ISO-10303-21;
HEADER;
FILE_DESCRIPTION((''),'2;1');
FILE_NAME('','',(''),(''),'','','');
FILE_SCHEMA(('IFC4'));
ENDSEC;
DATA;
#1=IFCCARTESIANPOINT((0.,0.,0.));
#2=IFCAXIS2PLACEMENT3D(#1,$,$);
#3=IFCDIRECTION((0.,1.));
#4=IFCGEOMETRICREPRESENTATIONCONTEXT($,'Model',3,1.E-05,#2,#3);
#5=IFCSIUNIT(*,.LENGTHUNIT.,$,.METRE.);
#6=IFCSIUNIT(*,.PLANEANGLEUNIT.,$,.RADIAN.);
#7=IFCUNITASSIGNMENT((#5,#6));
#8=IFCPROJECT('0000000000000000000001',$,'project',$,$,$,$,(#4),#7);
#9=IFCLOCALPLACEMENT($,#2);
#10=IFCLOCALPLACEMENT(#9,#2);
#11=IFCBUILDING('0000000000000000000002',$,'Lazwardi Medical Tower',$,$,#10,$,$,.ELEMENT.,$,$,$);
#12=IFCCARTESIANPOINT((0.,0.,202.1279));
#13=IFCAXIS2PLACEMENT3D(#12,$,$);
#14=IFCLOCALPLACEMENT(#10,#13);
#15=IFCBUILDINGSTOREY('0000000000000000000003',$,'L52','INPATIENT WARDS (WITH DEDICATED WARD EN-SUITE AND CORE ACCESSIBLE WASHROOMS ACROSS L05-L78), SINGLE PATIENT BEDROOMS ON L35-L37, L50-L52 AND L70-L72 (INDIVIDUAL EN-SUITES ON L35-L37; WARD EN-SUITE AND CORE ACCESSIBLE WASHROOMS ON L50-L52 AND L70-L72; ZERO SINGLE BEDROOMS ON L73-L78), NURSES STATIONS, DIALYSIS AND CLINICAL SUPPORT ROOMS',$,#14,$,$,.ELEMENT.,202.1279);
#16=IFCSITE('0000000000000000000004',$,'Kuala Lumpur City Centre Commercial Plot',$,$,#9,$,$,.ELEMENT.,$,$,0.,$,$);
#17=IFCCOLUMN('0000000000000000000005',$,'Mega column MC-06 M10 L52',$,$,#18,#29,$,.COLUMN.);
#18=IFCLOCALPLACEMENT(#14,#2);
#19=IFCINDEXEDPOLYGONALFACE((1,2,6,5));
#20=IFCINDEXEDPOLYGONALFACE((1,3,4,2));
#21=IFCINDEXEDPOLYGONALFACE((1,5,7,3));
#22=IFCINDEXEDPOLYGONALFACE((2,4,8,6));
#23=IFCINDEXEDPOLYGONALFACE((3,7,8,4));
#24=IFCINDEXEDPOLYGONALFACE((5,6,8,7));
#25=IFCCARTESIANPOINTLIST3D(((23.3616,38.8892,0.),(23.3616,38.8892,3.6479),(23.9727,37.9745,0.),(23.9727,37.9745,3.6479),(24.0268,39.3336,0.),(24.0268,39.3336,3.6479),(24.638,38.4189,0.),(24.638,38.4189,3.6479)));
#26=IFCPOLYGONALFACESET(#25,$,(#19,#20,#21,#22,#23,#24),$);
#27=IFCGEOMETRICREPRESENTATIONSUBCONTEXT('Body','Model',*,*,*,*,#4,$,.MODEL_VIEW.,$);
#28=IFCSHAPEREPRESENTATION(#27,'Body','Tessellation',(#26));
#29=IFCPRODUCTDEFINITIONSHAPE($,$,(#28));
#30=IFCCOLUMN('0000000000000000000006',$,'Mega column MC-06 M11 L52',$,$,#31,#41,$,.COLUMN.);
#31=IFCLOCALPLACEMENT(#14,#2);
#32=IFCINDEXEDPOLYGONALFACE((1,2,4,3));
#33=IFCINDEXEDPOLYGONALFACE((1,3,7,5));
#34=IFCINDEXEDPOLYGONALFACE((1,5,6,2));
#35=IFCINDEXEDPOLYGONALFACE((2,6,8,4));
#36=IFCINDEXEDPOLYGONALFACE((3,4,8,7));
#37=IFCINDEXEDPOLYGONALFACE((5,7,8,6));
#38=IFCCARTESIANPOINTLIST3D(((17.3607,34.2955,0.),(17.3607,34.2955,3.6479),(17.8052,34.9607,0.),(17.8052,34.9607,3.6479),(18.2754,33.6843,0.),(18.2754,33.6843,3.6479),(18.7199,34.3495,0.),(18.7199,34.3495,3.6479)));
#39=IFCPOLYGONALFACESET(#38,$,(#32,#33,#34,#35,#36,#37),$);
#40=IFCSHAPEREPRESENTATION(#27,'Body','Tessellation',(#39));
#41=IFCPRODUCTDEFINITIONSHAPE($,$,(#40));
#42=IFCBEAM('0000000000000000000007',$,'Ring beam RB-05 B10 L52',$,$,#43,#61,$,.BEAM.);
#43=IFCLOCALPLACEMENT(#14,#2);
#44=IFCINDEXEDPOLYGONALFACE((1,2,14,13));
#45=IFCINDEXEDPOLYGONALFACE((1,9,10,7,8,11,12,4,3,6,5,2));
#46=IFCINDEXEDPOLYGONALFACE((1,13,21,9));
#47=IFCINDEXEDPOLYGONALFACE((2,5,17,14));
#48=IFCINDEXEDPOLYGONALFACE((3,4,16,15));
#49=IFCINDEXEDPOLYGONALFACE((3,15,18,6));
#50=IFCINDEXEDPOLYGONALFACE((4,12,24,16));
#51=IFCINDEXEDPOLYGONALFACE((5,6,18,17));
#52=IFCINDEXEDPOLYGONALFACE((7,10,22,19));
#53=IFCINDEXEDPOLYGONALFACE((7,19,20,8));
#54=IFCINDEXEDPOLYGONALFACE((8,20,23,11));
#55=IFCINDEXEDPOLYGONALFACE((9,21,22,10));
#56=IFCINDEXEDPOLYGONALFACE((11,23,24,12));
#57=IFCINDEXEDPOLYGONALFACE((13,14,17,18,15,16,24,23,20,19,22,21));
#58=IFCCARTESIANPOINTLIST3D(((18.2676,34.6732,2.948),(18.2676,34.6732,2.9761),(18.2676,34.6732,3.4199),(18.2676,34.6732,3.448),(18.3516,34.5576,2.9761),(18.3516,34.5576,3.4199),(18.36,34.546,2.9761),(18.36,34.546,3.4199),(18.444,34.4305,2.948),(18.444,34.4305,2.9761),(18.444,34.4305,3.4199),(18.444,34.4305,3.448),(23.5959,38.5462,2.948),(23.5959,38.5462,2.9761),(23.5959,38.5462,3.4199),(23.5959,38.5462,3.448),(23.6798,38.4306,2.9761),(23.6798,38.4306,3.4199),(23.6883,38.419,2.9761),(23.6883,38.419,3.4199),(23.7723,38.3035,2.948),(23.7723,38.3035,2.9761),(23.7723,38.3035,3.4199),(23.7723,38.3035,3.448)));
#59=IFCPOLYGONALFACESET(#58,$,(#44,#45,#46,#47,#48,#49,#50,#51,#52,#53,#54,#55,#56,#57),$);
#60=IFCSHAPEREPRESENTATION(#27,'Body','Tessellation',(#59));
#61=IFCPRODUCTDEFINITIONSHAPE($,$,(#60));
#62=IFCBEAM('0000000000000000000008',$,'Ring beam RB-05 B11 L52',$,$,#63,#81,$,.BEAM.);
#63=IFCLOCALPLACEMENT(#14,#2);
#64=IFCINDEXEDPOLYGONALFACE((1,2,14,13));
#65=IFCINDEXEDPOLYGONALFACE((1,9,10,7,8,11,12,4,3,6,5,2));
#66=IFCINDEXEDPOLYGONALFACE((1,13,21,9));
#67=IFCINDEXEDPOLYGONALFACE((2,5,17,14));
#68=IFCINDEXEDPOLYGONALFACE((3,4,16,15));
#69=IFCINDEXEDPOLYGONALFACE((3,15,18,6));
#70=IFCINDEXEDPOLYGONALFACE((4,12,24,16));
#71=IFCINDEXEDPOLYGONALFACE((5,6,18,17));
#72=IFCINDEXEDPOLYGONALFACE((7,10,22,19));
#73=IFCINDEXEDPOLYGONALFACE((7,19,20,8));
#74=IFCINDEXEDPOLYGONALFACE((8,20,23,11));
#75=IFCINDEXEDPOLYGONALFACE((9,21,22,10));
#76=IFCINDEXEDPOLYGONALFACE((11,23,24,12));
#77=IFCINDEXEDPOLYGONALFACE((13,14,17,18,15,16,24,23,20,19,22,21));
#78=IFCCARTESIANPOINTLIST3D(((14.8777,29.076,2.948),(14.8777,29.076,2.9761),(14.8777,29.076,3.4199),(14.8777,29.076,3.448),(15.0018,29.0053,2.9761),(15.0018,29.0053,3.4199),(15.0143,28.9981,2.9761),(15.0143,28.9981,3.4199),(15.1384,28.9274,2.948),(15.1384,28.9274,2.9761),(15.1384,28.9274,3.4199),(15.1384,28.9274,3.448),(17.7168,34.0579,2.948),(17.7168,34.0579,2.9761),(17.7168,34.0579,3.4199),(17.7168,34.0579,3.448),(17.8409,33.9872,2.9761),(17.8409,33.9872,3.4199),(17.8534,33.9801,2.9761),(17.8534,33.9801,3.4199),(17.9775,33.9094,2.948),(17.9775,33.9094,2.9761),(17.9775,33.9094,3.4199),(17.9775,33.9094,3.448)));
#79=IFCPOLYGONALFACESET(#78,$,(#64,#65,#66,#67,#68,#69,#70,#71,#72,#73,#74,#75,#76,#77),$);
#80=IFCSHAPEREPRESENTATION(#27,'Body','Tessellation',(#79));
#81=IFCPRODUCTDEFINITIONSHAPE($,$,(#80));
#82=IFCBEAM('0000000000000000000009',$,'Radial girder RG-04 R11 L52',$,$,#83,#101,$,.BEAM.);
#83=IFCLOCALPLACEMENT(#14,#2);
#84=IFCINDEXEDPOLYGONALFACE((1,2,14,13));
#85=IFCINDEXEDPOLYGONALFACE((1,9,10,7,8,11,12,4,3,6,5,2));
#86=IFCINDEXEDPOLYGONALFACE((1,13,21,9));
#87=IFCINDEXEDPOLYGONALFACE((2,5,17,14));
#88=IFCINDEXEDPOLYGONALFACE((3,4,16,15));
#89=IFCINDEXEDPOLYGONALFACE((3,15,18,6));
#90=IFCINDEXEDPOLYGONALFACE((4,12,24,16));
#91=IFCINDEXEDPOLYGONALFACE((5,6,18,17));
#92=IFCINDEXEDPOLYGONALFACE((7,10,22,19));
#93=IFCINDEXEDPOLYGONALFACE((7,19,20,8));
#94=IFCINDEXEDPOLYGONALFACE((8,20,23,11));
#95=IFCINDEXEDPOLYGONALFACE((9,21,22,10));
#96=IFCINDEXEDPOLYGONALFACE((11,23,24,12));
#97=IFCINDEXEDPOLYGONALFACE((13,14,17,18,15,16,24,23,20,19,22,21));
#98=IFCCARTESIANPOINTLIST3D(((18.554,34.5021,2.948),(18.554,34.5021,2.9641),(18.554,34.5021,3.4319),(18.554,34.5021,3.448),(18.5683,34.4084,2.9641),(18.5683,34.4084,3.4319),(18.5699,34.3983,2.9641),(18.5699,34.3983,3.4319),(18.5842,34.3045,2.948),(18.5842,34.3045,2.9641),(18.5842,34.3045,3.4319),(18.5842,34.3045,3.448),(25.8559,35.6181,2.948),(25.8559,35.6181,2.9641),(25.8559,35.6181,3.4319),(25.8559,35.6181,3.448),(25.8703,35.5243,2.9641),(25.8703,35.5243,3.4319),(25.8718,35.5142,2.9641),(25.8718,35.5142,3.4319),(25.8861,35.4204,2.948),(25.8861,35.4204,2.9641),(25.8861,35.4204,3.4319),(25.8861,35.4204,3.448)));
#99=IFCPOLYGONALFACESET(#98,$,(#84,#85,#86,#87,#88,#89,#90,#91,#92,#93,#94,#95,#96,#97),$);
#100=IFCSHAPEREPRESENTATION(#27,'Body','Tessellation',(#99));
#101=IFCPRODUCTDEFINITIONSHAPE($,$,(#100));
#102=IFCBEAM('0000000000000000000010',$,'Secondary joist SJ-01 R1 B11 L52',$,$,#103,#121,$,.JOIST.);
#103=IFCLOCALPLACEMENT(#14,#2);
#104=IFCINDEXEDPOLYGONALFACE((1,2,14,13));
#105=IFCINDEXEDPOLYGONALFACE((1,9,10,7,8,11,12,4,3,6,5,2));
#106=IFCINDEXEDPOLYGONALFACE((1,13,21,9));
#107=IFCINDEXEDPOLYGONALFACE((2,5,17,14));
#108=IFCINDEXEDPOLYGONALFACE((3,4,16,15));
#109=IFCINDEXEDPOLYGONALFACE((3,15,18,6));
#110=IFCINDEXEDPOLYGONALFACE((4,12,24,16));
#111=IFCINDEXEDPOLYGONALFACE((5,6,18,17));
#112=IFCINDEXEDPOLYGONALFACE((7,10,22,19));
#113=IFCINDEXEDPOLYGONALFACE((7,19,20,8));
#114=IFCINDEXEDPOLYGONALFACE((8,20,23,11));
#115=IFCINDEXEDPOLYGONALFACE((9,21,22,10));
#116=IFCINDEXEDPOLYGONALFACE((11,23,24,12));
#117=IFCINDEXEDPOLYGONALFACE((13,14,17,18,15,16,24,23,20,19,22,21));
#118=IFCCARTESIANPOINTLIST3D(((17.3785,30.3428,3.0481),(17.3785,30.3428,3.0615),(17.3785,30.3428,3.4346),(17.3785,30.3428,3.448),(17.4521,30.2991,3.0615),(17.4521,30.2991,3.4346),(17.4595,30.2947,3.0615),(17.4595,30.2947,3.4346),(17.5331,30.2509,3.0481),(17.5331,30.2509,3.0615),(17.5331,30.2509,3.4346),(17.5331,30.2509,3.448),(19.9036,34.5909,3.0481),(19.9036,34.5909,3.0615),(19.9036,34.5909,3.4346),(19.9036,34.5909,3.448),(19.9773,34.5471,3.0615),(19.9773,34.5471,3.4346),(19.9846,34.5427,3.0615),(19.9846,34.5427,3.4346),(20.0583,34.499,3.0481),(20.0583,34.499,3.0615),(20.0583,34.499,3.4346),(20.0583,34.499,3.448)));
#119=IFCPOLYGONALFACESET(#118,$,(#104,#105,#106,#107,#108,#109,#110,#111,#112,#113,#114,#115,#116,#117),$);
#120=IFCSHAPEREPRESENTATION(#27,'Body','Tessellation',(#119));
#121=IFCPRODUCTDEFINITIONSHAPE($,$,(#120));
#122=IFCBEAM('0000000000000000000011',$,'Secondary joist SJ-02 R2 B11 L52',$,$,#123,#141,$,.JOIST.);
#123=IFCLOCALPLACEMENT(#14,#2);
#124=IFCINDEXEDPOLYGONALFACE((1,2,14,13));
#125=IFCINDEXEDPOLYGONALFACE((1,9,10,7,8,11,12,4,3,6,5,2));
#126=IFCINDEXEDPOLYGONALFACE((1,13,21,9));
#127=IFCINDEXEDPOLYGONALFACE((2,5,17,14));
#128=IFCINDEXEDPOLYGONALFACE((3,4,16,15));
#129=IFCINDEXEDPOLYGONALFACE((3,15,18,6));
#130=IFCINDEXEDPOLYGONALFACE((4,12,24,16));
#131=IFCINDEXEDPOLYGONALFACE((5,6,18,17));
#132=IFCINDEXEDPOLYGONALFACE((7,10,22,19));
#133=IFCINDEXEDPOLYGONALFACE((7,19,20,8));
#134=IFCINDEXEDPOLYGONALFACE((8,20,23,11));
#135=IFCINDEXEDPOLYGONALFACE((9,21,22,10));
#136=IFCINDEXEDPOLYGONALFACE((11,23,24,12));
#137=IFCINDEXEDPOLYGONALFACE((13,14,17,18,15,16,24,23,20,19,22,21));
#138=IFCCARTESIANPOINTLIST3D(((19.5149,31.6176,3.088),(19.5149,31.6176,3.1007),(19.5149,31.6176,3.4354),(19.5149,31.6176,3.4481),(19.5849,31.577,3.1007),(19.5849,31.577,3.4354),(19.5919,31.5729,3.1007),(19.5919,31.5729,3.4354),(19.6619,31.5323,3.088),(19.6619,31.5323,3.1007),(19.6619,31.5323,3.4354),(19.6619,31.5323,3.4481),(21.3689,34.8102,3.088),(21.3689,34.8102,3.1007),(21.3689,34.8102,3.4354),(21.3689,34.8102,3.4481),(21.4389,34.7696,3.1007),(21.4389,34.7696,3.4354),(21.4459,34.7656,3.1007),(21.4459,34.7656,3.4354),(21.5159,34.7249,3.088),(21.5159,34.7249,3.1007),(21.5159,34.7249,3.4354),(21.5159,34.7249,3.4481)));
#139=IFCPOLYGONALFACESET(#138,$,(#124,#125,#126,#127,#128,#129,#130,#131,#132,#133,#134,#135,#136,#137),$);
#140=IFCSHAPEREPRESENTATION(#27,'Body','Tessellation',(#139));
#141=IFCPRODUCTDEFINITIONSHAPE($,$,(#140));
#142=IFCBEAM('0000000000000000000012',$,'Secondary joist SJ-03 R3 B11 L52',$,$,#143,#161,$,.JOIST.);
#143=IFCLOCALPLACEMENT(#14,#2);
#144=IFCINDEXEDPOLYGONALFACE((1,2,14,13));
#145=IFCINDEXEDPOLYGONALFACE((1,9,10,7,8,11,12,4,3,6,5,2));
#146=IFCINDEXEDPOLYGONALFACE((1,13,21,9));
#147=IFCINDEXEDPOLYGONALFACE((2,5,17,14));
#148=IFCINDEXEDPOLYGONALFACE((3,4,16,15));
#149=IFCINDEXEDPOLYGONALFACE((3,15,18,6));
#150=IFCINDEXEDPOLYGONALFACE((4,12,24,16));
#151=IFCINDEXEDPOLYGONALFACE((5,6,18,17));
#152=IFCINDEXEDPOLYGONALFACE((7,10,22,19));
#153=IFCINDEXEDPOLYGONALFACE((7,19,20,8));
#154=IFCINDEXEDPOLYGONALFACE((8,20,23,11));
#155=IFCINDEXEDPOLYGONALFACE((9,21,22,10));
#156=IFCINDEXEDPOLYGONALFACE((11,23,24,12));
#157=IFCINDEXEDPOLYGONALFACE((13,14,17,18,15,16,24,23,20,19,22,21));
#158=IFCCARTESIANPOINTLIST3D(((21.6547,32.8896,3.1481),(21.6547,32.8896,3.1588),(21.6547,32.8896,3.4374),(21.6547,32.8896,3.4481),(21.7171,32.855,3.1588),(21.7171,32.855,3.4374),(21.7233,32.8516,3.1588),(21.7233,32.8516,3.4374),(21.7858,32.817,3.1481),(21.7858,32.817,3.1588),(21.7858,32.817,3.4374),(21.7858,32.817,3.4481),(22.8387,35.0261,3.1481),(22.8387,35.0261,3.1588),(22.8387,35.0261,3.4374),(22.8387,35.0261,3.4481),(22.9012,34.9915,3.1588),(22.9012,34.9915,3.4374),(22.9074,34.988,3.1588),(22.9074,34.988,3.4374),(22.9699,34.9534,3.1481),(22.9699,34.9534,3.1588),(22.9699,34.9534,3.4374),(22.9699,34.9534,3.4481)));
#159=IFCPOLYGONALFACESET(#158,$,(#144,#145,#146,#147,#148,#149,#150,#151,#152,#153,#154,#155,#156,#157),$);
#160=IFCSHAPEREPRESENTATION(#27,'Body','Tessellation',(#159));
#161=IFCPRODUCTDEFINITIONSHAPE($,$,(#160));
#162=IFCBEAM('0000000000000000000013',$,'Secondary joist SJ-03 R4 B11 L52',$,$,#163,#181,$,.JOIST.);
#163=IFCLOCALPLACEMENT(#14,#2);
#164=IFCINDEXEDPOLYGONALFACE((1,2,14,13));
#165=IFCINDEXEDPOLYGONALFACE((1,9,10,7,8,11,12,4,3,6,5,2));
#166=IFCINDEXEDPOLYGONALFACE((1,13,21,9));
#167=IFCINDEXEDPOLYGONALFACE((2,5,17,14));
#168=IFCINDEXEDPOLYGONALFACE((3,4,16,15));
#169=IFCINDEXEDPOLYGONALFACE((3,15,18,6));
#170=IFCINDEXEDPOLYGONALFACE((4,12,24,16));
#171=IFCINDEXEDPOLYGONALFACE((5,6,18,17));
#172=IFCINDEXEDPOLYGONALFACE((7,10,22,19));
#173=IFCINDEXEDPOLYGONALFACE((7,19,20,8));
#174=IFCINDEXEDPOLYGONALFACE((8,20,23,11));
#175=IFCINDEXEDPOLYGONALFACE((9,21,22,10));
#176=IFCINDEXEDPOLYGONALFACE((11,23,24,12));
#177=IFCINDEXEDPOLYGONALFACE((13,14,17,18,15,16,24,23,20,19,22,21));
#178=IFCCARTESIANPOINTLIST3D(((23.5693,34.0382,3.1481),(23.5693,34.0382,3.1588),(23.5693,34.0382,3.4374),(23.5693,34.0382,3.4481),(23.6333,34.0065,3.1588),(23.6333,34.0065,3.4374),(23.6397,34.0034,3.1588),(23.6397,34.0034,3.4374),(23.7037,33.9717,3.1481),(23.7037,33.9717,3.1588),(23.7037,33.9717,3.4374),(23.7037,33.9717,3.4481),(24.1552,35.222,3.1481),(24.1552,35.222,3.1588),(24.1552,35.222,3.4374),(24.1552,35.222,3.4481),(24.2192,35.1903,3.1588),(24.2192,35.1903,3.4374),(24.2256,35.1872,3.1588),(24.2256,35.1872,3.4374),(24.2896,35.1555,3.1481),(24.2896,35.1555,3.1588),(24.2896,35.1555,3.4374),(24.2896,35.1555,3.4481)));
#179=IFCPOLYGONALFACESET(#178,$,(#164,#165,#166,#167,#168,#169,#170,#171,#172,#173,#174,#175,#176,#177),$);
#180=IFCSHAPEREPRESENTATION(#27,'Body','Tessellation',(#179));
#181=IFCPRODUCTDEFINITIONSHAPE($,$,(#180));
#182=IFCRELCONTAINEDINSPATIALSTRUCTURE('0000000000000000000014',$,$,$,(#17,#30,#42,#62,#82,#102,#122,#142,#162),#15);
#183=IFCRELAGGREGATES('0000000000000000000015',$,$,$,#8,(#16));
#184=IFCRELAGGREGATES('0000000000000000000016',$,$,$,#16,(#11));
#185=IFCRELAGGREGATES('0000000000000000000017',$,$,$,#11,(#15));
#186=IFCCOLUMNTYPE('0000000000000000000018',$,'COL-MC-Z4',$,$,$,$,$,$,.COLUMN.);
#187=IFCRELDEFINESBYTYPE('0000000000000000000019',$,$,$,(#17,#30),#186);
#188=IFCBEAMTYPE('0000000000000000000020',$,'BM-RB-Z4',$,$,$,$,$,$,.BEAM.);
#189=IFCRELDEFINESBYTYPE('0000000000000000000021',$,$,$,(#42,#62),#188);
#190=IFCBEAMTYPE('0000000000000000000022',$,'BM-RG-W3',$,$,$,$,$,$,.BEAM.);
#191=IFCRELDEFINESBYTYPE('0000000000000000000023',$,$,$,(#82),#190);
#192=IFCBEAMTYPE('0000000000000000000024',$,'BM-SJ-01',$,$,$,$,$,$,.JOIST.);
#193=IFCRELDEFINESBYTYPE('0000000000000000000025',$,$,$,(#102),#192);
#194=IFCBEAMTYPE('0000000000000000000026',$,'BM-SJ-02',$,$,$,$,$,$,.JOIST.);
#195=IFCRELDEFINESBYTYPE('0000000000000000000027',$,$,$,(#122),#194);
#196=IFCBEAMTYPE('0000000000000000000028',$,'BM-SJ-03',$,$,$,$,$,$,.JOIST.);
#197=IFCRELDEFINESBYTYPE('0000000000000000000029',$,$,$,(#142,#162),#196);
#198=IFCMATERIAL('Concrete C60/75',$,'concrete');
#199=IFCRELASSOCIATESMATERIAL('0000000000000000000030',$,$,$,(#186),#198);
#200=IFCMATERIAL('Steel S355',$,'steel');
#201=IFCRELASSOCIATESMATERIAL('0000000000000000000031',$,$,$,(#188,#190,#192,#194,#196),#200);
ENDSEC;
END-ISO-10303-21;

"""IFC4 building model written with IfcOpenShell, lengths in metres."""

from ifc_helpers import new_model, si_unit, direction, frame, origin, origin_2d, place, context, subcontext, project, spatial, rectangle, i_section, extrude, material, material_profile, profile_set, type_object, element, save


model = new_model("IFC4")

# Units and contexts
model_context = context("Model", 3, precision=1e-05, world=origin(), true_north=direction((0.0, 1.0)))
body_context = subcontext(model_context, "Body", "Model", "MODEL_VIEW")
ifc_project = project(units=[si_unit("LENGTHUNIT", "METRE"), si_unit("PLANEANGLEUNIT", "RADIAN")], contexts=[model_context])

# Site, building, storey
site_placement = place(None, origin())
site = spatial("IfcSite", under=ifc_project, at=site_placement, Name="Kuala Lumpur City Centre Commercial Plot", CompositionType="ELEMENT", RefElevation=0.0)
building_placement = place(site_placement, origin())
building = spatial("IfcBuilding", under=site, at=building_placement, Name="Lazwardi Medical Tower", CompositionType="ELEMENT")
storey_placement = place(building_placement, frame((0.0, 0.0, 202.1279)))
storey = spatial("IfcBuildingStorey", under=building, at=storey_placement, Name="L52", Description="INPATIENT WARDS (WITH DEDICATED WARD EN-SUITE AND CORE ACCESSIBLE WASHROOMS ACROSS L05-L78), SINGLE PATIENT BEDROOMS ON L35-L37, L50-L52 AND L70-L72 (INDIVIDUAL EN-SUITES ON L35-L37; WARD EN-SUITE AND CORE ACCESSIBLE WASHROOMS ON L50-L52 AND L70-L72; ZERO SINGLE BEDROOMS ON L73-L78), NURSES STATIONS, DIALYSIS AND CLINICAL SUPPORT ROOMS", CompositionType="ELEMENT", Elevation=202.1279)

# Columns
ifc_material_1 = material(Name="Concrete C60/75", Category="concrete")
ifc_material_profile_1 = material_profile(ifc_material_1, rectangle(XDim=1.1001, YDim=0.8, at=origin_2d()), Name="CFT-RECT 1100x800")
ifc_profile_set_1 = profile_set([ifc_material_profile_1], Name="Concrete C60/75")
column_type = type_object("IfcColumnType", Name="COL-MC-Z4", PredefinedType="COLUMN", material=ifc_profile_set_1)
for number, where, z_axis, x_axis, name in (
    (1, (23.9998, 38.6541, 0.0), (0.0, 0.0, 1.0), (-0.55557, 0.83147, 0.0), "Mega column MC-06 M10 L52"),
    (2, (18.0403, 34.3225, 0.0), (0.0, 0.0, 1.0), (-0.83147, 0.55557, 0.0), "Mega column MC-06 M11 L52"),
):
    element("IfcColumn", number, at=place(storey_placement, frame(where, z_axis=z_axis, x_axis=x_axis)), inside=storey, type_object=column_type, Name=name, PredefinedType="COLUMN", context=body_context, shape_type="SweptSolid", body=[
        extrude(rectangle(XDim=1.1001, YDim=0.8, at=origin_2d()), origin(), (0.0, 0.0, 1.0), 3.6479),
    ])

# Beams
ifc_material_2 = material(Name="Steel S355", Category="steel")
ifc_material_profile_2 = material_profile(ifc_material_2, i_section(OverallWidth=0.3, OverallDepth=0.5, WebThickness=0.0144, FlangeThickness=0.0281, at=origin_2d()), Name="HEB 500")
ifc_profile_set_2 = profile_set([ifc_material_profile_2], Name="Steel S355")
beam_type_1 = type_object("IfcBeamType", Name="BM-RB-Z4", PredefinedType="BEAM", material=ifc_profile_set_2)
beam_1_placement = place(storey_placement, frame((23.6841, 38.4248, 3.198), z_axis=(-0.80889, -0.58796, 0.0), x_axis=(0.58796, -0.80889, 0.0)))
element("IfcBeam", 3, at=beam_1_placement, inside=storey, type_object=beam_type_1, Name="Ring beam RB-05 B10 L52", PredefinedType="BEAM", context=body_context, shape_type="SweptSolid", body=[
    extrude(i_section(OverallWidth=0.3, OverallDepth=0.5, WebThickness=0.0144, FlangeThickness=0.0281, at=origin_2d()), origin(), (0.0, 0.0, 1.0), 6.5872),
])
beam_2_placement = place(storey_placement, frame((17.8472, 33.9836, 3.198), z_axis=(-0.495125, -0.868822, 0.0), x_axis=(0.868822, -0.495125, 0.0)))
element("IfcBeam", 4, at=beam_2_placement, inside=storey, type_object=beam_type_1, Name="Ring beam RB-05 B11 L52", PredefinedType="BEAM", context=body_context, shape_type="SweptSolid", body=[
    extrude(i_section(OverallWidth=0.3, OverallDepth=0.5, WebThickness=0.0144, FlangeThickness=0.0281, at=origin_2d()), origin(), (0.0, 0.0, 1.0), 5.7341),
])
ifc_material_profile_3 = material_profile(ifc_material_2, i_section(OverallWidth=0.2, OverallDepth=0.5, WebThickness=0.0103, FlangeThickness=0.0161, at=origin_2d()), Name="IPE 500")
ifc_profile_set_3 = profile_set([ifc_material_profile_3], Name="Steel S355")
beam_type_2 = type_object("IfcBeamType", Name="BM-RG-W3", PredefinedType="BEAM", material=ifc_profile_set_3)
beam_3_placement = place(storey_placement, frame((18.5691, 34.4033, 3.198), z_axis=(0.988522, 0.151076, 0.0), x_axis=(-0.151076, 0.988522, 0.0)))
element("IfcBeam", 5, at=beam_3_placement, inside=storey, type_object=beam_type_2, Name="Radial girder RG-04 R11 L52", PredefinedType="BEAM", context=body_context, shape_type="SweptSolid", body=[
    extrude(i_section(OverallWidth=0.2, OverallDepth=0.5, WebThickness=0.0103, FlangeThickness=0.0161, at=origin_2d()), origin(), (0.0, 0.0, 1.0), 7.3867),
])
ifc_material_profile_4 = material_profile(ifc_material_2, i_section(OverallWidth=0.1799, OverallDepth=0.3999, WebThickness=0.0085, FlangeThickness=0.0134, at=origin_2d()), Name="IPE 400")
ifc_profile_set_4 = profile_set([ifc_material_profile_4], Name="Steel S355")
beam_type_3 = type_object("IfcBeamType", Name="BM-SJ-01", PredefinedType="JOIST", material=ifc_profile_set_4)
beam_4_placement = place(storey_placement, frame((19.981, 34.5449, 3.248), z_axis=(-0.510968, -0.8596, 0.0), x_axis=(0.8596, -0.510968, 0.0)))
element("IfcBeam", 6, at=beam_4_placement, inside=storey, type_object=beam_type_3, Name="Secondary joist SJ-01 R1 B11 L52", PredefinedType="JOIST", context=body_context, shape_type="SweptSolid", body=[
    extrude(i_section(OverallWidth=0.1799, OverallDepth=0.3999, WebThickness=0.0085, FlangeThickness=0.0134, at=origin_2d()), origin(), (0.0, 0.0, 1.0), 4.9419),
])
ifc_material_profile_5 = material_profile(ifc_material_2, i_section(OverallWidth=0.1699, OverallDepth=0.3601, WebThickness=0.0081, FlangeThickness=0.0127, at=origin_2d()), Name="IPE 360")
ifc_profile_set_5 = profile_set([ifc_material_profile_5], Name="Steel S355")
beam_type_4 = type_object("IfcBeamType", Name="BM-SJ-02", PredefinedType="JOIST", material=ifc_profile_set_5)
beam_5_placement = place(storey_placement, frame((21.4424, 34.7676, 3.2681), z_axis=(-0.50218, -0.864763, 0.0), x_axis=(0.864763, -0.50218, 0.0)))
element("IfcBeam", 7, at=beam_5_placement, inside=storey, type_object=beam_type_4, Name="Secondary joist SJ-02 R2 B11 L52", PredefinedType="JOIST", context=body_context, shape_type="SweptSolid", body=[
    extrude(i_section(OverallWidth=0.1699, OverallDepth=0.3601, WebThickness=0.0081, FlangeThickness=0.0127, at=origin_2d()), origin(), (0.0, 0.0, 1.0), 3.6919),
])
ifc_material_profile_6 = material_profile(ifc_material_2, i_section(OverallWidth=0.1499, OverallDepth=0.3, WebThickness=0.0071, FlangeThickness=0.0107, at=origin_2d()), Name="IPE 300")
ifc_profile_set_6 = profile_set([ifc_material_profile_6], Name="Steel S355")
beam_type_5 = type_object("IfcBeamType", Name="BM-SJ-03", PredefinedType="JOIST", material=ifc_profile_set_6)
beam_6_placement = place(storey_placement, frame((22.9043, 34.9897, 3.2981), z_axis=(-0.484752, -0.874652, 0.0), x_axis=(0.874652, -0.484752, 0.0)))
element("IfcBeam", 8, at=beam_6_placement, inside=storey, type_object=beam_type_5, Name="Secondary joist SJ-03 R3 B11 L52", PredefinedType="JOIST", context=body_context, shape_type="SweptSolid", body=[
    extrude(i_section(OverallWidth=0.1499, OverallDepth=0.3, WebThickness=0.0071, FlangeThickness=0.0107, at=origin_2d()), origin(), (0.0, 0.0, 1.0), 2.4426),
])
beam_7_placement = place(storey_placement, frame((24.2224, 35.1887, 3.2981), z_axis=(-0.443587, -0.896231, 0.0), x_axis=(0.896231, -0.443587, 0.0)))
element("IfcBeam", 9, at=beam_7_placement, inside=storey, type_object=beam_type_5, Name="Secondary joist SJ-03 R4 B11 L52", PredefinedType="JOIST", context=body_context, shape_type="SweptSolid", body=[
    extrude(i_section(OverallWidth=0.1499, OverallDepth=0.3, WebThickness=0.0071, FlangeThickness=0.0107, at=origin_2d()), origin(), (0.0, 0.0, 1.0), 1.3208),
])

save(model, "model.ifc")
